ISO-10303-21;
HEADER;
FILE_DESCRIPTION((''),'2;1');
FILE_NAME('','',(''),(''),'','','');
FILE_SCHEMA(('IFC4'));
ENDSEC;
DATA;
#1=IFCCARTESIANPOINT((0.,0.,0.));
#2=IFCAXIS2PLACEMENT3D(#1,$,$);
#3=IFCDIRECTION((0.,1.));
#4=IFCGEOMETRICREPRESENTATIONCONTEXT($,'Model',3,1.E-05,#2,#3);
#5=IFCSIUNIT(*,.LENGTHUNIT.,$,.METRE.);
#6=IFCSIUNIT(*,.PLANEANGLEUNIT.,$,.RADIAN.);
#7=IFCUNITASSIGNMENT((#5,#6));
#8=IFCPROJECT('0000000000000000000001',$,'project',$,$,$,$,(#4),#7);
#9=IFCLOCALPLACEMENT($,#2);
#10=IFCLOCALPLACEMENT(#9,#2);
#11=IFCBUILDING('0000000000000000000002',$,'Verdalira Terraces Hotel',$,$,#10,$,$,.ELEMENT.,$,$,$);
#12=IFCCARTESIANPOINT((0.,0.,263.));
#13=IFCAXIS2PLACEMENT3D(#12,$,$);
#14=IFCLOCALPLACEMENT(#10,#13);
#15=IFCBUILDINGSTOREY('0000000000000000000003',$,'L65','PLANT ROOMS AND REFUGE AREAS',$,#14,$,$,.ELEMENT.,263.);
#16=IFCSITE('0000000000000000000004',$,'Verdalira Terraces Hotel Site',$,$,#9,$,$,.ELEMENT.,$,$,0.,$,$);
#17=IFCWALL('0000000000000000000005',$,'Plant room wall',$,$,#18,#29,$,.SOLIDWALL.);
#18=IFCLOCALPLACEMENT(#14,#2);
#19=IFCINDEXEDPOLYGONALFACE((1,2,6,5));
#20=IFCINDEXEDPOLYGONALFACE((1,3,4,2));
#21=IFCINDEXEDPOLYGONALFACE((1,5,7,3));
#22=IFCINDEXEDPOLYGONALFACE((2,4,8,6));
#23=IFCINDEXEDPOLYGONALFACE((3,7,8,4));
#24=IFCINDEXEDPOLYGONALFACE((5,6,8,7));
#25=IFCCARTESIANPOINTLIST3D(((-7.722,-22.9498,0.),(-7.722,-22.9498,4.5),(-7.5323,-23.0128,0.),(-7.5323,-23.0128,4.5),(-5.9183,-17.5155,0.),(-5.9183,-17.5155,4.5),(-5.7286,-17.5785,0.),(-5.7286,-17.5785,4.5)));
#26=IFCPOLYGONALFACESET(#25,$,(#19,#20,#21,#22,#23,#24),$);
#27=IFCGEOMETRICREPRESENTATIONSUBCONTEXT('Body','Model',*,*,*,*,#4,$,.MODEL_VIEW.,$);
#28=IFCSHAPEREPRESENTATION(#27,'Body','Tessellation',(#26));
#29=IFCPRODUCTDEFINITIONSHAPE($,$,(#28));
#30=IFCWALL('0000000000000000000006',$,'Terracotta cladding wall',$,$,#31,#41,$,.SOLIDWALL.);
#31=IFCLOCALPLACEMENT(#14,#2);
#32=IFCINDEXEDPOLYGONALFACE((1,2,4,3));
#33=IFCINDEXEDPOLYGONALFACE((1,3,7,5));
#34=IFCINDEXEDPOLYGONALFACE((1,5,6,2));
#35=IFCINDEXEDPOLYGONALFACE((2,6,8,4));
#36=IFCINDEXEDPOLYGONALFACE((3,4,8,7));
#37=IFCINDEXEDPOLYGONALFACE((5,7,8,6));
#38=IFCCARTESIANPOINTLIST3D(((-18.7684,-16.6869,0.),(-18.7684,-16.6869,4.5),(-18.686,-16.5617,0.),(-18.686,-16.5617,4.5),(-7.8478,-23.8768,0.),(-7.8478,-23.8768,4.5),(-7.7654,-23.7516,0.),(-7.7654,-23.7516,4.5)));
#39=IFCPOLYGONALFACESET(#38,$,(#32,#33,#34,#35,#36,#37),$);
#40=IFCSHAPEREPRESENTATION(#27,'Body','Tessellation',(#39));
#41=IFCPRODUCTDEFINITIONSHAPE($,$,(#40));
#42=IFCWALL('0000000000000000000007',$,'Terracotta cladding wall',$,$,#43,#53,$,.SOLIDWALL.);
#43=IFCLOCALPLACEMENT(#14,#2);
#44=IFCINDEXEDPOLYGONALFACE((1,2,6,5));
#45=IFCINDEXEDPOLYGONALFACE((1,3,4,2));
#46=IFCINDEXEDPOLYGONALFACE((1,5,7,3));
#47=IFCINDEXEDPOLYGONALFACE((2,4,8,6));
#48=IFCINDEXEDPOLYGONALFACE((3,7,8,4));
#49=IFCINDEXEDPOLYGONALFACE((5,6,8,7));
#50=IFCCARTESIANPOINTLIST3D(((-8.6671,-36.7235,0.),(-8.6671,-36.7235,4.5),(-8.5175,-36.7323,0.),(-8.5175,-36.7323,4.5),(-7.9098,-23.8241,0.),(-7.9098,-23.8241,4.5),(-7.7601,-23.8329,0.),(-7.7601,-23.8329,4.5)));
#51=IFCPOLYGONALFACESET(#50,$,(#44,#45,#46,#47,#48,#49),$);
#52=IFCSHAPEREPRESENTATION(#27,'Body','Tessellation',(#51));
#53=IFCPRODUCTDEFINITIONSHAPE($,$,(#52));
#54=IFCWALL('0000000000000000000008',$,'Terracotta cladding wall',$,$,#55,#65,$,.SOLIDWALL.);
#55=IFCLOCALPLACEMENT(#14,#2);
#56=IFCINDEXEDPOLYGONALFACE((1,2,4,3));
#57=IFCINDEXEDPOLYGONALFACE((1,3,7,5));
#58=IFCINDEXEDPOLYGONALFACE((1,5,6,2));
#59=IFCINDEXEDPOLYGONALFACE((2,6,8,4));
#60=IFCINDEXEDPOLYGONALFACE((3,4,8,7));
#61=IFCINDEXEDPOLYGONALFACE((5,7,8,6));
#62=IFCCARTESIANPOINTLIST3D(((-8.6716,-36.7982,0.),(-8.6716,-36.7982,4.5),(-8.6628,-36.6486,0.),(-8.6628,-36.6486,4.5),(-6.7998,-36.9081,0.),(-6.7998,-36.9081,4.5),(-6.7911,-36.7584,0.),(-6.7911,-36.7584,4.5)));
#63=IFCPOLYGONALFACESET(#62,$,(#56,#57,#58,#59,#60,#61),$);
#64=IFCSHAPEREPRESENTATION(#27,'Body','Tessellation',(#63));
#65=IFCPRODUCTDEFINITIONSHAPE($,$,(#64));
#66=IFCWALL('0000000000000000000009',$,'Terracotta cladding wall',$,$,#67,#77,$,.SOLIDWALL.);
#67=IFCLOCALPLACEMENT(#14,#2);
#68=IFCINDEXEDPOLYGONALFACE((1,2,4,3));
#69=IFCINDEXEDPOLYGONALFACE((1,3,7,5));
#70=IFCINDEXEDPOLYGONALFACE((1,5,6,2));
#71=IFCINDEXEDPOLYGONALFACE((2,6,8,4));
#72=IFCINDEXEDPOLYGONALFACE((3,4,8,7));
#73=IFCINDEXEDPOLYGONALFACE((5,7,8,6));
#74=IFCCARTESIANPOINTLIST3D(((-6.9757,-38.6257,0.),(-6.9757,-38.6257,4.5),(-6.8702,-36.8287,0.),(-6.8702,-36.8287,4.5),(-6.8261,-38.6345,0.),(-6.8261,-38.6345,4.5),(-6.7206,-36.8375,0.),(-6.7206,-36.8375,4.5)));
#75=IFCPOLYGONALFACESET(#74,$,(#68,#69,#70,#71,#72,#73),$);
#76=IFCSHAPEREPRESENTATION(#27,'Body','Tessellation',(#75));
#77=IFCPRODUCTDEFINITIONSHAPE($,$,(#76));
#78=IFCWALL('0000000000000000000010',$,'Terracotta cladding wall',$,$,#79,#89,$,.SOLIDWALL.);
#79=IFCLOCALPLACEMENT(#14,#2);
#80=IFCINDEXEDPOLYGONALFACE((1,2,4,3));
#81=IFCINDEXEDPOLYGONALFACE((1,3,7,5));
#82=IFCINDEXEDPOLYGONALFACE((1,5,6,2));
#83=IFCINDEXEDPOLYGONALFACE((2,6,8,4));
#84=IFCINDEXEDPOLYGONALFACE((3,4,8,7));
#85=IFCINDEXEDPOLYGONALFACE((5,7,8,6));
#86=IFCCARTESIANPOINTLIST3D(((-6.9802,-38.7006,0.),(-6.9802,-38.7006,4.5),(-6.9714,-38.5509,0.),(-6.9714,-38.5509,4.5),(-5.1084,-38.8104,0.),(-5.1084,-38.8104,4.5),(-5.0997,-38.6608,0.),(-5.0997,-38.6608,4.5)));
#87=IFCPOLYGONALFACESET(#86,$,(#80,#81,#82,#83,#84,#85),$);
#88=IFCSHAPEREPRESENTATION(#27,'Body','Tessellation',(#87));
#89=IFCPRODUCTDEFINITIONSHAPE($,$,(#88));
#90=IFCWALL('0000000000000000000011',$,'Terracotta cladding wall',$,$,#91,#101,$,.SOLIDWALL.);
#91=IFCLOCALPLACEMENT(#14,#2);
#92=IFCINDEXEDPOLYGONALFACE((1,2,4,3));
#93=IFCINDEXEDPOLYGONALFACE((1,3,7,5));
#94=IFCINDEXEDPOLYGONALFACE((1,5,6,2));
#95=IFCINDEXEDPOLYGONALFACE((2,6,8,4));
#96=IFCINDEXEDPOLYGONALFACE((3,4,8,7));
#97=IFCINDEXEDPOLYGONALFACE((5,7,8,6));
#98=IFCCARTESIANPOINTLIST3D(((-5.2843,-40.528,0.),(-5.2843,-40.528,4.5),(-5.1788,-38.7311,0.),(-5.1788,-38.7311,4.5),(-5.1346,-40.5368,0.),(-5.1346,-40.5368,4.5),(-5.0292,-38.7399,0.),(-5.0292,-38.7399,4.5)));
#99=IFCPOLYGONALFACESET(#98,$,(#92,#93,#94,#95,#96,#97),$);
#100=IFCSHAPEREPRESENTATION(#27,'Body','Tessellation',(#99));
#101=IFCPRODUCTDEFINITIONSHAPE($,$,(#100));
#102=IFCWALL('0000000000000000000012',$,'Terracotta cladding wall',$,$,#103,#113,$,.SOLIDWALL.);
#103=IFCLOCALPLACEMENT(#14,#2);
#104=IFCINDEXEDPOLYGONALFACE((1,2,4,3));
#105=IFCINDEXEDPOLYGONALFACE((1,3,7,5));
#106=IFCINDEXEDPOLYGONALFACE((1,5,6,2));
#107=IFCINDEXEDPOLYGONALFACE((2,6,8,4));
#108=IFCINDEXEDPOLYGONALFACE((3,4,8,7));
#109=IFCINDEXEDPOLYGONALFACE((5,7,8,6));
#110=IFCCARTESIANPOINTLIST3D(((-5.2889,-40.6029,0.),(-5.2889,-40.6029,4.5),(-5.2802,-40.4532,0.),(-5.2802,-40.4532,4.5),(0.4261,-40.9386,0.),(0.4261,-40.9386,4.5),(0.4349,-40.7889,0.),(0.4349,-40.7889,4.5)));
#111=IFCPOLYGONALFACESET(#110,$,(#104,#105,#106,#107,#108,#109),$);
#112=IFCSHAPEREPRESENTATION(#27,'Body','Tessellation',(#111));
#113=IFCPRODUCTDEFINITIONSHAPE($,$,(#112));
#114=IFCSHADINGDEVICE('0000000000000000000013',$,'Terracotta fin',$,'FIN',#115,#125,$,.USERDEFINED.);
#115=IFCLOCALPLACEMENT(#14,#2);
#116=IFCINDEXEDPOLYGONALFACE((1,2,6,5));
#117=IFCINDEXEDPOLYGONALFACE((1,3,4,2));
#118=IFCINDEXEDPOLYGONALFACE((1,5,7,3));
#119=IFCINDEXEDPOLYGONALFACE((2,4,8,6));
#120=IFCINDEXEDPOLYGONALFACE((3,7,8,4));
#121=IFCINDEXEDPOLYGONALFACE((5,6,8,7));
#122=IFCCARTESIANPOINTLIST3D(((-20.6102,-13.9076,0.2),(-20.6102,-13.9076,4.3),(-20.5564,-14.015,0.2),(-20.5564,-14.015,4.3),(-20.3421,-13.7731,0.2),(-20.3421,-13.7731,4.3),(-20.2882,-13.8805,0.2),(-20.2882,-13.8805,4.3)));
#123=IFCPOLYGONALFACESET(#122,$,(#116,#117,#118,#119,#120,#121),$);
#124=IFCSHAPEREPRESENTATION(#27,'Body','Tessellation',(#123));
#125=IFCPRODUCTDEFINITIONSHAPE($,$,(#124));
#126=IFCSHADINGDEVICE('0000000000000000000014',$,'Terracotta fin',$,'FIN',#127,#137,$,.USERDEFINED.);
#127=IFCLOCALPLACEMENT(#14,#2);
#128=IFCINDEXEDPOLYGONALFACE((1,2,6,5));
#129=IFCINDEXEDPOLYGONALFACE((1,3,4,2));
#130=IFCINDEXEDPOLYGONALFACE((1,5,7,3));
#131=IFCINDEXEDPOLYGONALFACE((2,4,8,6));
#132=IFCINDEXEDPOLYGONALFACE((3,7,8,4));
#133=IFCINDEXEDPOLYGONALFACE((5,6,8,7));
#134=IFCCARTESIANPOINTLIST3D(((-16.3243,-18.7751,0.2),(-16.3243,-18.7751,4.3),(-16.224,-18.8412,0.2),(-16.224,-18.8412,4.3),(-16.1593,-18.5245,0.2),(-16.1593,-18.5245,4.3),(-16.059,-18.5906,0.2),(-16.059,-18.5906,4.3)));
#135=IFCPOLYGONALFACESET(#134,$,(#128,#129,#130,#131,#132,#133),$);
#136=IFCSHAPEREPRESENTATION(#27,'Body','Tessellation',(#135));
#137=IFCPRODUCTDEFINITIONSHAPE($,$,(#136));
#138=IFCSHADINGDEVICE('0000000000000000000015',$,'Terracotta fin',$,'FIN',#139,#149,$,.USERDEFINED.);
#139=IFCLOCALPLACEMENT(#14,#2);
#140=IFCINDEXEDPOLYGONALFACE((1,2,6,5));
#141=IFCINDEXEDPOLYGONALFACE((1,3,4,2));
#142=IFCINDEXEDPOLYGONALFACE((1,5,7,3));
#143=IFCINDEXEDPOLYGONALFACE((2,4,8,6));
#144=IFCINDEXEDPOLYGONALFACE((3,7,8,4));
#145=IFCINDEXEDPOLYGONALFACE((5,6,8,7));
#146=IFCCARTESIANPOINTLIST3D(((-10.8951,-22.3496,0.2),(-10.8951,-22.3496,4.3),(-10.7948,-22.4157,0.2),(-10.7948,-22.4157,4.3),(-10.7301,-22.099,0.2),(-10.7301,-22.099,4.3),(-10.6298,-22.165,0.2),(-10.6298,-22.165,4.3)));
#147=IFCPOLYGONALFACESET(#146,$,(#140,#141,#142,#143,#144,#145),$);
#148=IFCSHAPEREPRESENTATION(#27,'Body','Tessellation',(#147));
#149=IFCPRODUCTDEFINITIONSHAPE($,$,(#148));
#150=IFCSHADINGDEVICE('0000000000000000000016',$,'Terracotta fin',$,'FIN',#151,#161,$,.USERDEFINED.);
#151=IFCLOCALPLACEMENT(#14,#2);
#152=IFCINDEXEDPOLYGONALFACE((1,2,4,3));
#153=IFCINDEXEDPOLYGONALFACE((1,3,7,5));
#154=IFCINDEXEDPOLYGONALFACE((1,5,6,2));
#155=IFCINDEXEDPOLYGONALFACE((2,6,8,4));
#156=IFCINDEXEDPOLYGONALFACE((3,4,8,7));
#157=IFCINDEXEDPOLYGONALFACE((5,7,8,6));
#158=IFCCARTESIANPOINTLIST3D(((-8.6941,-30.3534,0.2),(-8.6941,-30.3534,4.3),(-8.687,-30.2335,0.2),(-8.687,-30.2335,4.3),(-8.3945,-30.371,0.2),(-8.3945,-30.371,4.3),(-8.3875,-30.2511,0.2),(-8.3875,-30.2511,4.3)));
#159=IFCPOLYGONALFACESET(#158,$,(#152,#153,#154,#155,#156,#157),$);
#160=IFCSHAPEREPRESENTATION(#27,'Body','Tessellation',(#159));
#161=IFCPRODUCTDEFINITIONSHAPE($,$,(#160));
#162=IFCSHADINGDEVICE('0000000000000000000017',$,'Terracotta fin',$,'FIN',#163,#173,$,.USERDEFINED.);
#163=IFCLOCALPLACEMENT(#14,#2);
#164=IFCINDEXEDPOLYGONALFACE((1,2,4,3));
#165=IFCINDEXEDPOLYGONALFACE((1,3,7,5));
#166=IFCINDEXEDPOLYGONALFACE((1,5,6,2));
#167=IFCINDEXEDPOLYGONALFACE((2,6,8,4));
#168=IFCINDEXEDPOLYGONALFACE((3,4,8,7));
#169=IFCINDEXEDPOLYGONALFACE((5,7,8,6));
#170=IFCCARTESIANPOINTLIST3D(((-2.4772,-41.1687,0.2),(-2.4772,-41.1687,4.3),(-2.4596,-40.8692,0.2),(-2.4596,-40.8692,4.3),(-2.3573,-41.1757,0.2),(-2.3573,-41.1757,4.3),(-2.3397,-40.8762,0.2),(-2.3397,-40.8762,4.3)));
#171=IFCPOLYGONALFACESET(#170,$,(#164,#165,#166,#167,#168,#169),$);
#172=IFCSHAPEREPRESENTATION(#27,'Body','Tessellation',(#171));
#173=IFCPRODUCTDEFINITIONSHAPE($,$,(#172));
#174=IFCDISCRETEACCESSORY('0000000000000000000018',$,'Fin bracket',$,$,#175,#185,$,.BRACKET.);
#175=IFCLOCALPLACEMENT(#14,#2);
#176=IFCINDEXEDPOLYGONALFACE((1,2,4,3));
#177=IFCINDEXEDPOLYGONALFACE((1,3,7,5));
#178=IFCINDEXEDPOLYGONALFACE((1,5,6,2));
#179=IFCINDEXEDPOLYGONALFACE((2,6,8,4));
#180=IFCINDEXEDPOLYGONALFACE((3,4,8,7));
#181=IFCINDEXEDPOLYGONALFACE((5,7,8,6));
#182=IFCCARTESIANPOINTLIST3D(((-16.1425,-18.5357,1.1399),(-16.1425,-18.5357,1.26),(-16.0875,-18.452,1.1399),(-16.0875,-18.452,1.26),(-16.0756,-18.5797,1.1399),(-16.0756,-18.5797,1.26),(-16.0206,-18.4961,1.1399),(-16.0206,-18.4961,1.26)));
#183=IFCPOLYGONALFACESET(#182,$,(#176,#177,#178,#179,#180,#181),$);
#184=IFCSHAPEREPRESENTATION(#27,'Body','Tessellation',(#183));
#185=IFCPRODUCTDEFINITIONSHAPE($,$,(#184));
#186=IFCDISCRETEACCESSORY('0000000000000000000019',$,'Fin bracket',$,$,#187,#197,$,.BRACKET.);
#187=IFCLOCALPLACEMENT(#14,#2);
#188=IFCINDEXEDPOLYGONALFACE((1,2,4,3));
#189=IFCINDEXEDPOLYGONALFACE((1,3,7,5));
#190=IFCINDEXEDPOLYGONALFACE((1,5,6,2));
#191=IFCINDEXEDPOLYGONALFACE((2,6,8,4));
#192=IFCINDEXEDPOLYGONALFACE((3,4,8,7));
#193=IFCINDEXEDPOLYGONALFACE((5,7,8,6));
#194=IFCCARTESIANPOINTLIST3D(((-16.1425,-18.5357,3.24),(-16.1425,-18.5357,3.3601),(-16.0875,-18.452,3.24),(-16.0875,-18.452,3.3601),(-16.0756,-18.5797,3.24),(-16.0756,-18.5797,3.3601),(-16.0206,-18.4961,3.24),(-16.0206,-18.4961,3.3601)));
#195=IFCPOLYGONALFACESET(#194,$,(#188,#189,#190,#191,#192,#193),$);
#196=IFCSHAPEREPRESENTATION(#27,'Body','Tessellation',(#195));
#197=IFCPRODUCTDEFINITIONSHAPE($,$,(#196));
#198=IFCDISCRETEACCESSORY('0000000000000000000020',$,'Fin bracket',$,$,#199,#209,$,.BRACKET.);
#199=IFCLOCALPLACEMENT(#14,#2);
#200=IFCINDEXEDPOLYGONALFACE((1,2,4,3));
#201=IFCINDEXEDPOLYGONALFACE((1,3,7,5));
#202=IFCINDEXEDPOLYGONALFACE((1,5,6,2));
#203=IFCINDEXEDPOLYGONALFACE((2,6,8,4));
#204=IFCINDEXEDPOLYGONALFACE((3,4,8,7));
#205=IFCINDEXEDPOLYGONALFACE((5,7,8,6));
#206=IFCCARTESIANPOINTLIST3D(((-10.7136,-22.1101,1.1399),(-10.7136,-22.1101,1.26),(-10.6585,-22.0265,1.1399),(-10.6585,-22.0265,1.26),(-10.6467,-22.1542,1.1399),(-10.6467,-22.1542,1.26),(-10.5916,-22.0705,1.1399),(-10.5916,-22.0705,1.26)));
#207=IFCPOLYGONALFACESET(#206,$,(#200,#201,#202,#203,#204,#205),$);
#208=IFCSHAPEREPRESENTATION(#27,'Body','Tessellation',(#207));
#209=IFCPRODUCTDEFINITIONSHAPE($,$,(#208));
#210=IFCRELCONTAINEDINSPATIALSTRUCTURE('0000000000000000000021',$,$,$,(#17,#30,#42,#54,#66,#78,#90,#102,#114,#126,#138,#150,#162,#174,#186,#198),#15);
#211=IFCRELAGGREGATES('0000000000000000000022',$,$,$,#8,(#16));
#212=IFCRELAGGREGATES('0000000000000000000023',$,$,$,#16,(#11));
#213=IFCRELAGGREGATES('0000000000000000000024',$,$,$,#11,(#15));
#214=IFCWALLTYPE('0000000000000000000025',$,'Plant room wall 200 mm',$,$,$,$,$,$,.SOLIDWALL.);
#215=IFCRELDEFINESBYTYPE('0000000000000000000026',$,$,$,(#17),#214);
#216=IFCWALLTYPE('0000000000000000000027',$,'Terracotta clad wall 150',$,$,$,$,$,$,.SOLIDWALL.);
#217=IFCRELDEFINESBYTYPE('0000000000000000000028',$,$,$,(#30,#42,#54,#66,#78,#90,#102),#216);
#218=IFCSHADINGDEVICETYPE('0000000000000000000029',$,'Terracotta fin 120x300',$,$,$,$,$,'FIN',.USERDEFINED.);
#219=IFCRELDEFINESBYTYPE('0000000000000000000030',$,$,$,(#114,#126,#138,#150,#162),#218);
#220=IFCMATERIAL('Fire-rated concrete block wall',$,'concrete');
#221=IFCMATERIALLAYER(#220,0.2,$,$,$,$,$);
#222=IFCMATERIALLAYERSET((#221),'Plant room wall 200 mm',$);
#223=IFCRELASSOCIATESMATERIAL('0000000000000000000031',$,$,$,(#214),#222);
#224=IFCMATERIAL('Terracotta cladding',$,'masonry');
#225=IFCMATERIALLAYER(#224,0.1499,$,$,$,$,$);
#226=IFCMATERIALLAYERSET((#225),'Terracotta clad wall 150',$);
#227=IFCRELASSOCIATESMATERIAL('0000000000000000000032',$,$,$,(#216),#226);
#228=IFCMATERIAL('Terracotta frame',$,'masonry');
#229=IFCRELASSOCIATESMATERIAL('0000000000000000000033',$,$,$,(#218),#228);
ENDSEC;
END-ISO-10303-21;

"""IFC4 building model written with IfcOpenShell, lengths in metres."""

from ifc_helpers import new_model, si_unit, direction, frame, frame_2d, origin, origin_2d, place, context, subcontext, project, spatial, rectangle, extrude, material, layer, layer_set, material_profile, profile_set, type_object, element, save


model = new_model("IFC4")

# Units and contexts
model_context = context("Model", 3, precision=1e-05, world=origin(), true_north=direction((0.0, 1.0)))
body_context = subcontext(model_context, "Body", "Model", "MODEL_VIEW")
ifc_project = project(units=[si_unit("LENGTHUNIT", "METRE"), si_unit("PLANEANGLEUNIT", "RADIAN")], contexts=[model_context])

# Site, building, storey
site_placement = place(None, origin())
site = spatial("IfcSite", under=ifc_project, at=site_placement, Name="Verdalira Terraces Hotel Site", CompositionType="ELEMENT", RefElevation=0.0)
building_placement = place(site_placement, origin())
building = spatial("IfcBuilding", under=site, at=building_placement, Name="Verdalira Terraces Hotel", CompositionType="ELEMENT")
storey_placement = place(building_placement, frame((0.0, 0.0, 263.0)))
storey = spatial("IfcBuildingStorey", under=building, at=storey_placement, Name="L65", Description="PLANT ROOMS AND REFUGE AREAS", CompositionType="ELEMENT", Elevation=263.0)

# Shared definitions
ifc_material_1 = material(Name="Fire-rated concrete block wall", Category="concrete")
ifc_layer_1 = layer(ifc_material_1, 0.2)
ifc_layer_set_1 = layer_set([ifc_layer_1], Name="Plant room wall 200 mm")
wall_type_1 = type_object("IfcWallType", Name="Plant room wall 200 mm", PredefinedType="SOLIDWALL", material=ifc_layer_set_1)

# Walls
wall_1_placement = place(storey_placement, frame((-5.8235, -17.5471, 0.0), z_axis=(0.0, 0.0, 1.0), x_axis=(-0.315012, -0.949088, 0.0)))
element("IfcWall", 1, at=wall_1_placement, inside=storey, type_object=wall_type_1, Name="Plant room wall", PredefinedType="SOLIDWALL", context=body_context, shape_type="SweptSolid", body=[
    extrude(rectangle(XDim=5.7258, YDim=0.2, at=frame_2d((2.8628, 0.0))), origin(), (0.0, 0.0, 1.0), 4.5),
])
ifc_material_2 = material(Name="Terracotta cladding", Category="masonry")
ifc_layer_2 = layer(ifc_material_2, 0.1499)
ifc_layer_set_2 = layer_set([ifc_layer_2], Name="Terracotta clad wall 150")
wall_type_2 = type_object("IfcWallType", Name="Terracotta clad wall 150", PredefinedType="SOLIDWALL", material=ifc_layer_set_2)
wall_2_placement = place(storey_placement, frame((-18.7273, -16.6243, 0.0), z_axis=(0.0, 0.0, 1.0), x_axis=(0.835231, -0.549899, 0.0)))
element("IfcWall", 2, at=wall_2_placement, inside=storey, type_object=wall_type_2, Name="Terracotta cladding wall", PredefinedType="SOLIDWALL", context=body_context, shape_type="SweptSolid", body=[
    extrude(rectangle(XDim=13.075, YDim=0.1499, at=frame_2d((6.5376, 0.0))), origin(), (0.0, 0.0, 1.0), 4.5),
])
wall_3_placement = place(storey_placement, frame((-7.835, -23.8284, 0.0), z_axis=(0.0, 0.0, 1.0), x_axis=(-0.058609, -0.998281, 0.0)))
element("IfcWall", 3, at=wall_3_placement, inside=storey, type_object=wall_type_2, Name="Terracotta cladding wall", PredefinedType="SOLIDWALL", context=body_context, shape_type="SweptSolid", body=[
    extrude(rectangle(XDim=12.9216, YDim=0.1499, at=frame_2d((6.4609, 0.0))), origin(), (0.0, 0.0, 1.0), 4.5),
])
wall_4_placement = place(storey_placement, frame((-8.6672, -36.7234, 0.0), z_axis=(0.0, 0.0, 1.0), x_axis=(0.998282, -0.058592, 0.0)))
element("IfcWall", 4, at=wall_4_placement, inside=storey, type_object=wall_type_2, Name="Terracotta cladding wall", PredefinedType="SOLIDWALL", context=body_context, shape_type="SweptSolid", body=[
    extrude(rectangle(XDim=1.875, YDim=0.1499, at=frame_2d((0.9375, 0.0))), origin(), (0.0, 0.0, 1.0), 4.5),
])
wall_5_placement = place(storey_placement, frame((-6.7954, -36.8333, 0.0), z_axis=(0.0, 0.0, 1.0), x_axis=(-0.058595, -0.998282, 0.0)))
element("IfcWall", 5, at=wall_5_placement, inside=storey, type_object=wall_type_2, Name="Terracotta cladding wall", PredefinedType="SOLIDWALL", context=body_context, shape_type="SweptSolid", body=[
    extrude(rectangle(XDim=1.8, YDim=0.1499, at=frame_2d((0.8999, 0.0))), origin(), (0.0, 0.0, 1.0), 4.5),
])
wall_6_placement = place(storey_placement, frame((-6.9758, -38.6257, 0.0), z_axis=(0.0, 0.0, 1.0), x_axis=(0.998282, -0.058592, 0.0)))
element("IfcWall", 6, at=wall_6_placement, inside=storey, type_object=wall_type_2, Name="Terracotta cladding wall", PredefinedType="SOLIDWALL", context=body_context, shape_type="SweptSolid", body=[
    extrude(rectangle(XDim=1.875, YDim=0.1499, at=frame_2d((0.9375, 0.0))), origin(), (0.0, 0.0, 1.0), 4.5),
])
wall_7_placement = place(storey_placement, frame((-5.104, -38.7356, 0.0), z_axis=(0.0, 0.0, 1.0), x_axis=(-0.058595, -0.998282, 0.0)))
element("IfcWall", 7, at=wall_7_placement, inside=storey, type_object=wall_type_2, Name="Terracotta cladding wall", PredefinedType="SOLIDWALL", context=body_context, shape_type="SweptSolid", body=[
    extrude(rectangle(XDim=1.8, YDim=0.1499, at=frame_2d((0.8999, 0.0))), origin(), (0.0, 0.0, 1.0), 4.5),
])
wall_8_placement = place(storey_placement, frame((-5.2844, -40.5281, 0.0), z_axis=(0.0, 0.0, 1.0), x_axis=(0.998279, -0.058637, 0.0)))
element("IfcWall", 8, at=wall_8_placement, inside=storey, type_object=wall_type_2, Name="Terracotta cladding wall", PredefinedType="SOLIDWALL", context=body_context, shape_type="SweptSolid", body=[
    extrude(rectangle(XDim=5.7249, YDim=0.1499, at=frame_2d((2.8623, 0.0))), origin(), (0.0, 0.0, 1.0), 4.5),
])

# Shading devices
ifc_material_3 = material(Name="Terracotta frame", Category="masonry")
ifc_material_profile_1 = material_profile(ifc_material_3, rectangle(XDim=0.1201, YDim=0.3, at=origin_2d()), Name="FIN 120x300")
ifc_profile_set_1 = profile_set([ifc_material_profile_1], Name="Terracotta frame")
shading_device_type = type_object("IfcShadingDeviceType", Name="Terracotta fin 120x300", ElementType="FIN", PredefinedType="USERDEFINED", material=ifc_profile_set_1)
for number, where, z_axis, x_axis, name in (
    (9, (-20.4492, -13.894, 0.2), (0.0, 0.0, 1.0), (0.448383, -0.893841, 0.0), "Terracotta fin"),
    (10, (-16.1916, -18.6829, 0.2), (0.0, 0.0, 1.0), (0.835232, -0.549898, 0.0), "Terracotta fin"),
    (11, (-10.7625, -22.2573, 0.2), (0.0, 0.0, 1.0), (0.835232, -0.549898, 0.0), "Terracotta fin"),
    (12, (-8.5408, -30.3022, 0.2), (0.0, 0.0, 1.0), (-0.058609, -0.998281, 0.0), "Terracotta fin"),
    (13, (-2.4084, -41.0225, 0.2), (0.0, 0.0, 1.0), (0.998281, -0.058609, 0.0), "Terracotta fin"),
):
    element("IfcShadingDevice", number, at=place(storey_placement, frame(where, z_axis=z_axis, x_axis=x_axis)), inside=storey, type_object=shading_device_type, Name=name, ObjectType="FIN", PredefinedType="USERDEFINED", context=body_context, shape_type="SweptSolid", body=[
        extrude(rectangle(XDim=0.1201, YDim=0.3, at=origin_2d()), origin(), (0.0, 0.0, 1.0), 4.1001),
    ])

# Discrete accessories
for number, where, z_axis, x_axis, name in (
    (14, (-16.0815, -18.5159, 1.1399), (0.0, 0.0, 1.0), (0.835232, -0.549898, 0.0), "Fin bracket"),
    (15, (-16.0815, -18.5159, 3.24), (0.0, 0.0, 1.0), (0.835232, -0.549898, 0.0), "Fin bracket"),
    (16, (-10.6526, -22.0903, 1.1399), (0.0, 0.0, 1.0), (0.835232, -0.549898, 0.0), "Fin bracket"),
):
    element("IfcDiscreteAccessory", number, at=place(storey_placement, frame(where, z_axis=z_axis, x_axis=x_axis)), inside=storey, Name=name, PredefinedType="BRACKET", context=body_context, shape_type="SweptSolid", body=[
        extrude(rectangle(XDim=0.0801, YDim=0.1001, at=origin_2d()), origin(), (0.0, 0.0, 1.0), 0.1201),
    ])

save(model, "model.ifc")
